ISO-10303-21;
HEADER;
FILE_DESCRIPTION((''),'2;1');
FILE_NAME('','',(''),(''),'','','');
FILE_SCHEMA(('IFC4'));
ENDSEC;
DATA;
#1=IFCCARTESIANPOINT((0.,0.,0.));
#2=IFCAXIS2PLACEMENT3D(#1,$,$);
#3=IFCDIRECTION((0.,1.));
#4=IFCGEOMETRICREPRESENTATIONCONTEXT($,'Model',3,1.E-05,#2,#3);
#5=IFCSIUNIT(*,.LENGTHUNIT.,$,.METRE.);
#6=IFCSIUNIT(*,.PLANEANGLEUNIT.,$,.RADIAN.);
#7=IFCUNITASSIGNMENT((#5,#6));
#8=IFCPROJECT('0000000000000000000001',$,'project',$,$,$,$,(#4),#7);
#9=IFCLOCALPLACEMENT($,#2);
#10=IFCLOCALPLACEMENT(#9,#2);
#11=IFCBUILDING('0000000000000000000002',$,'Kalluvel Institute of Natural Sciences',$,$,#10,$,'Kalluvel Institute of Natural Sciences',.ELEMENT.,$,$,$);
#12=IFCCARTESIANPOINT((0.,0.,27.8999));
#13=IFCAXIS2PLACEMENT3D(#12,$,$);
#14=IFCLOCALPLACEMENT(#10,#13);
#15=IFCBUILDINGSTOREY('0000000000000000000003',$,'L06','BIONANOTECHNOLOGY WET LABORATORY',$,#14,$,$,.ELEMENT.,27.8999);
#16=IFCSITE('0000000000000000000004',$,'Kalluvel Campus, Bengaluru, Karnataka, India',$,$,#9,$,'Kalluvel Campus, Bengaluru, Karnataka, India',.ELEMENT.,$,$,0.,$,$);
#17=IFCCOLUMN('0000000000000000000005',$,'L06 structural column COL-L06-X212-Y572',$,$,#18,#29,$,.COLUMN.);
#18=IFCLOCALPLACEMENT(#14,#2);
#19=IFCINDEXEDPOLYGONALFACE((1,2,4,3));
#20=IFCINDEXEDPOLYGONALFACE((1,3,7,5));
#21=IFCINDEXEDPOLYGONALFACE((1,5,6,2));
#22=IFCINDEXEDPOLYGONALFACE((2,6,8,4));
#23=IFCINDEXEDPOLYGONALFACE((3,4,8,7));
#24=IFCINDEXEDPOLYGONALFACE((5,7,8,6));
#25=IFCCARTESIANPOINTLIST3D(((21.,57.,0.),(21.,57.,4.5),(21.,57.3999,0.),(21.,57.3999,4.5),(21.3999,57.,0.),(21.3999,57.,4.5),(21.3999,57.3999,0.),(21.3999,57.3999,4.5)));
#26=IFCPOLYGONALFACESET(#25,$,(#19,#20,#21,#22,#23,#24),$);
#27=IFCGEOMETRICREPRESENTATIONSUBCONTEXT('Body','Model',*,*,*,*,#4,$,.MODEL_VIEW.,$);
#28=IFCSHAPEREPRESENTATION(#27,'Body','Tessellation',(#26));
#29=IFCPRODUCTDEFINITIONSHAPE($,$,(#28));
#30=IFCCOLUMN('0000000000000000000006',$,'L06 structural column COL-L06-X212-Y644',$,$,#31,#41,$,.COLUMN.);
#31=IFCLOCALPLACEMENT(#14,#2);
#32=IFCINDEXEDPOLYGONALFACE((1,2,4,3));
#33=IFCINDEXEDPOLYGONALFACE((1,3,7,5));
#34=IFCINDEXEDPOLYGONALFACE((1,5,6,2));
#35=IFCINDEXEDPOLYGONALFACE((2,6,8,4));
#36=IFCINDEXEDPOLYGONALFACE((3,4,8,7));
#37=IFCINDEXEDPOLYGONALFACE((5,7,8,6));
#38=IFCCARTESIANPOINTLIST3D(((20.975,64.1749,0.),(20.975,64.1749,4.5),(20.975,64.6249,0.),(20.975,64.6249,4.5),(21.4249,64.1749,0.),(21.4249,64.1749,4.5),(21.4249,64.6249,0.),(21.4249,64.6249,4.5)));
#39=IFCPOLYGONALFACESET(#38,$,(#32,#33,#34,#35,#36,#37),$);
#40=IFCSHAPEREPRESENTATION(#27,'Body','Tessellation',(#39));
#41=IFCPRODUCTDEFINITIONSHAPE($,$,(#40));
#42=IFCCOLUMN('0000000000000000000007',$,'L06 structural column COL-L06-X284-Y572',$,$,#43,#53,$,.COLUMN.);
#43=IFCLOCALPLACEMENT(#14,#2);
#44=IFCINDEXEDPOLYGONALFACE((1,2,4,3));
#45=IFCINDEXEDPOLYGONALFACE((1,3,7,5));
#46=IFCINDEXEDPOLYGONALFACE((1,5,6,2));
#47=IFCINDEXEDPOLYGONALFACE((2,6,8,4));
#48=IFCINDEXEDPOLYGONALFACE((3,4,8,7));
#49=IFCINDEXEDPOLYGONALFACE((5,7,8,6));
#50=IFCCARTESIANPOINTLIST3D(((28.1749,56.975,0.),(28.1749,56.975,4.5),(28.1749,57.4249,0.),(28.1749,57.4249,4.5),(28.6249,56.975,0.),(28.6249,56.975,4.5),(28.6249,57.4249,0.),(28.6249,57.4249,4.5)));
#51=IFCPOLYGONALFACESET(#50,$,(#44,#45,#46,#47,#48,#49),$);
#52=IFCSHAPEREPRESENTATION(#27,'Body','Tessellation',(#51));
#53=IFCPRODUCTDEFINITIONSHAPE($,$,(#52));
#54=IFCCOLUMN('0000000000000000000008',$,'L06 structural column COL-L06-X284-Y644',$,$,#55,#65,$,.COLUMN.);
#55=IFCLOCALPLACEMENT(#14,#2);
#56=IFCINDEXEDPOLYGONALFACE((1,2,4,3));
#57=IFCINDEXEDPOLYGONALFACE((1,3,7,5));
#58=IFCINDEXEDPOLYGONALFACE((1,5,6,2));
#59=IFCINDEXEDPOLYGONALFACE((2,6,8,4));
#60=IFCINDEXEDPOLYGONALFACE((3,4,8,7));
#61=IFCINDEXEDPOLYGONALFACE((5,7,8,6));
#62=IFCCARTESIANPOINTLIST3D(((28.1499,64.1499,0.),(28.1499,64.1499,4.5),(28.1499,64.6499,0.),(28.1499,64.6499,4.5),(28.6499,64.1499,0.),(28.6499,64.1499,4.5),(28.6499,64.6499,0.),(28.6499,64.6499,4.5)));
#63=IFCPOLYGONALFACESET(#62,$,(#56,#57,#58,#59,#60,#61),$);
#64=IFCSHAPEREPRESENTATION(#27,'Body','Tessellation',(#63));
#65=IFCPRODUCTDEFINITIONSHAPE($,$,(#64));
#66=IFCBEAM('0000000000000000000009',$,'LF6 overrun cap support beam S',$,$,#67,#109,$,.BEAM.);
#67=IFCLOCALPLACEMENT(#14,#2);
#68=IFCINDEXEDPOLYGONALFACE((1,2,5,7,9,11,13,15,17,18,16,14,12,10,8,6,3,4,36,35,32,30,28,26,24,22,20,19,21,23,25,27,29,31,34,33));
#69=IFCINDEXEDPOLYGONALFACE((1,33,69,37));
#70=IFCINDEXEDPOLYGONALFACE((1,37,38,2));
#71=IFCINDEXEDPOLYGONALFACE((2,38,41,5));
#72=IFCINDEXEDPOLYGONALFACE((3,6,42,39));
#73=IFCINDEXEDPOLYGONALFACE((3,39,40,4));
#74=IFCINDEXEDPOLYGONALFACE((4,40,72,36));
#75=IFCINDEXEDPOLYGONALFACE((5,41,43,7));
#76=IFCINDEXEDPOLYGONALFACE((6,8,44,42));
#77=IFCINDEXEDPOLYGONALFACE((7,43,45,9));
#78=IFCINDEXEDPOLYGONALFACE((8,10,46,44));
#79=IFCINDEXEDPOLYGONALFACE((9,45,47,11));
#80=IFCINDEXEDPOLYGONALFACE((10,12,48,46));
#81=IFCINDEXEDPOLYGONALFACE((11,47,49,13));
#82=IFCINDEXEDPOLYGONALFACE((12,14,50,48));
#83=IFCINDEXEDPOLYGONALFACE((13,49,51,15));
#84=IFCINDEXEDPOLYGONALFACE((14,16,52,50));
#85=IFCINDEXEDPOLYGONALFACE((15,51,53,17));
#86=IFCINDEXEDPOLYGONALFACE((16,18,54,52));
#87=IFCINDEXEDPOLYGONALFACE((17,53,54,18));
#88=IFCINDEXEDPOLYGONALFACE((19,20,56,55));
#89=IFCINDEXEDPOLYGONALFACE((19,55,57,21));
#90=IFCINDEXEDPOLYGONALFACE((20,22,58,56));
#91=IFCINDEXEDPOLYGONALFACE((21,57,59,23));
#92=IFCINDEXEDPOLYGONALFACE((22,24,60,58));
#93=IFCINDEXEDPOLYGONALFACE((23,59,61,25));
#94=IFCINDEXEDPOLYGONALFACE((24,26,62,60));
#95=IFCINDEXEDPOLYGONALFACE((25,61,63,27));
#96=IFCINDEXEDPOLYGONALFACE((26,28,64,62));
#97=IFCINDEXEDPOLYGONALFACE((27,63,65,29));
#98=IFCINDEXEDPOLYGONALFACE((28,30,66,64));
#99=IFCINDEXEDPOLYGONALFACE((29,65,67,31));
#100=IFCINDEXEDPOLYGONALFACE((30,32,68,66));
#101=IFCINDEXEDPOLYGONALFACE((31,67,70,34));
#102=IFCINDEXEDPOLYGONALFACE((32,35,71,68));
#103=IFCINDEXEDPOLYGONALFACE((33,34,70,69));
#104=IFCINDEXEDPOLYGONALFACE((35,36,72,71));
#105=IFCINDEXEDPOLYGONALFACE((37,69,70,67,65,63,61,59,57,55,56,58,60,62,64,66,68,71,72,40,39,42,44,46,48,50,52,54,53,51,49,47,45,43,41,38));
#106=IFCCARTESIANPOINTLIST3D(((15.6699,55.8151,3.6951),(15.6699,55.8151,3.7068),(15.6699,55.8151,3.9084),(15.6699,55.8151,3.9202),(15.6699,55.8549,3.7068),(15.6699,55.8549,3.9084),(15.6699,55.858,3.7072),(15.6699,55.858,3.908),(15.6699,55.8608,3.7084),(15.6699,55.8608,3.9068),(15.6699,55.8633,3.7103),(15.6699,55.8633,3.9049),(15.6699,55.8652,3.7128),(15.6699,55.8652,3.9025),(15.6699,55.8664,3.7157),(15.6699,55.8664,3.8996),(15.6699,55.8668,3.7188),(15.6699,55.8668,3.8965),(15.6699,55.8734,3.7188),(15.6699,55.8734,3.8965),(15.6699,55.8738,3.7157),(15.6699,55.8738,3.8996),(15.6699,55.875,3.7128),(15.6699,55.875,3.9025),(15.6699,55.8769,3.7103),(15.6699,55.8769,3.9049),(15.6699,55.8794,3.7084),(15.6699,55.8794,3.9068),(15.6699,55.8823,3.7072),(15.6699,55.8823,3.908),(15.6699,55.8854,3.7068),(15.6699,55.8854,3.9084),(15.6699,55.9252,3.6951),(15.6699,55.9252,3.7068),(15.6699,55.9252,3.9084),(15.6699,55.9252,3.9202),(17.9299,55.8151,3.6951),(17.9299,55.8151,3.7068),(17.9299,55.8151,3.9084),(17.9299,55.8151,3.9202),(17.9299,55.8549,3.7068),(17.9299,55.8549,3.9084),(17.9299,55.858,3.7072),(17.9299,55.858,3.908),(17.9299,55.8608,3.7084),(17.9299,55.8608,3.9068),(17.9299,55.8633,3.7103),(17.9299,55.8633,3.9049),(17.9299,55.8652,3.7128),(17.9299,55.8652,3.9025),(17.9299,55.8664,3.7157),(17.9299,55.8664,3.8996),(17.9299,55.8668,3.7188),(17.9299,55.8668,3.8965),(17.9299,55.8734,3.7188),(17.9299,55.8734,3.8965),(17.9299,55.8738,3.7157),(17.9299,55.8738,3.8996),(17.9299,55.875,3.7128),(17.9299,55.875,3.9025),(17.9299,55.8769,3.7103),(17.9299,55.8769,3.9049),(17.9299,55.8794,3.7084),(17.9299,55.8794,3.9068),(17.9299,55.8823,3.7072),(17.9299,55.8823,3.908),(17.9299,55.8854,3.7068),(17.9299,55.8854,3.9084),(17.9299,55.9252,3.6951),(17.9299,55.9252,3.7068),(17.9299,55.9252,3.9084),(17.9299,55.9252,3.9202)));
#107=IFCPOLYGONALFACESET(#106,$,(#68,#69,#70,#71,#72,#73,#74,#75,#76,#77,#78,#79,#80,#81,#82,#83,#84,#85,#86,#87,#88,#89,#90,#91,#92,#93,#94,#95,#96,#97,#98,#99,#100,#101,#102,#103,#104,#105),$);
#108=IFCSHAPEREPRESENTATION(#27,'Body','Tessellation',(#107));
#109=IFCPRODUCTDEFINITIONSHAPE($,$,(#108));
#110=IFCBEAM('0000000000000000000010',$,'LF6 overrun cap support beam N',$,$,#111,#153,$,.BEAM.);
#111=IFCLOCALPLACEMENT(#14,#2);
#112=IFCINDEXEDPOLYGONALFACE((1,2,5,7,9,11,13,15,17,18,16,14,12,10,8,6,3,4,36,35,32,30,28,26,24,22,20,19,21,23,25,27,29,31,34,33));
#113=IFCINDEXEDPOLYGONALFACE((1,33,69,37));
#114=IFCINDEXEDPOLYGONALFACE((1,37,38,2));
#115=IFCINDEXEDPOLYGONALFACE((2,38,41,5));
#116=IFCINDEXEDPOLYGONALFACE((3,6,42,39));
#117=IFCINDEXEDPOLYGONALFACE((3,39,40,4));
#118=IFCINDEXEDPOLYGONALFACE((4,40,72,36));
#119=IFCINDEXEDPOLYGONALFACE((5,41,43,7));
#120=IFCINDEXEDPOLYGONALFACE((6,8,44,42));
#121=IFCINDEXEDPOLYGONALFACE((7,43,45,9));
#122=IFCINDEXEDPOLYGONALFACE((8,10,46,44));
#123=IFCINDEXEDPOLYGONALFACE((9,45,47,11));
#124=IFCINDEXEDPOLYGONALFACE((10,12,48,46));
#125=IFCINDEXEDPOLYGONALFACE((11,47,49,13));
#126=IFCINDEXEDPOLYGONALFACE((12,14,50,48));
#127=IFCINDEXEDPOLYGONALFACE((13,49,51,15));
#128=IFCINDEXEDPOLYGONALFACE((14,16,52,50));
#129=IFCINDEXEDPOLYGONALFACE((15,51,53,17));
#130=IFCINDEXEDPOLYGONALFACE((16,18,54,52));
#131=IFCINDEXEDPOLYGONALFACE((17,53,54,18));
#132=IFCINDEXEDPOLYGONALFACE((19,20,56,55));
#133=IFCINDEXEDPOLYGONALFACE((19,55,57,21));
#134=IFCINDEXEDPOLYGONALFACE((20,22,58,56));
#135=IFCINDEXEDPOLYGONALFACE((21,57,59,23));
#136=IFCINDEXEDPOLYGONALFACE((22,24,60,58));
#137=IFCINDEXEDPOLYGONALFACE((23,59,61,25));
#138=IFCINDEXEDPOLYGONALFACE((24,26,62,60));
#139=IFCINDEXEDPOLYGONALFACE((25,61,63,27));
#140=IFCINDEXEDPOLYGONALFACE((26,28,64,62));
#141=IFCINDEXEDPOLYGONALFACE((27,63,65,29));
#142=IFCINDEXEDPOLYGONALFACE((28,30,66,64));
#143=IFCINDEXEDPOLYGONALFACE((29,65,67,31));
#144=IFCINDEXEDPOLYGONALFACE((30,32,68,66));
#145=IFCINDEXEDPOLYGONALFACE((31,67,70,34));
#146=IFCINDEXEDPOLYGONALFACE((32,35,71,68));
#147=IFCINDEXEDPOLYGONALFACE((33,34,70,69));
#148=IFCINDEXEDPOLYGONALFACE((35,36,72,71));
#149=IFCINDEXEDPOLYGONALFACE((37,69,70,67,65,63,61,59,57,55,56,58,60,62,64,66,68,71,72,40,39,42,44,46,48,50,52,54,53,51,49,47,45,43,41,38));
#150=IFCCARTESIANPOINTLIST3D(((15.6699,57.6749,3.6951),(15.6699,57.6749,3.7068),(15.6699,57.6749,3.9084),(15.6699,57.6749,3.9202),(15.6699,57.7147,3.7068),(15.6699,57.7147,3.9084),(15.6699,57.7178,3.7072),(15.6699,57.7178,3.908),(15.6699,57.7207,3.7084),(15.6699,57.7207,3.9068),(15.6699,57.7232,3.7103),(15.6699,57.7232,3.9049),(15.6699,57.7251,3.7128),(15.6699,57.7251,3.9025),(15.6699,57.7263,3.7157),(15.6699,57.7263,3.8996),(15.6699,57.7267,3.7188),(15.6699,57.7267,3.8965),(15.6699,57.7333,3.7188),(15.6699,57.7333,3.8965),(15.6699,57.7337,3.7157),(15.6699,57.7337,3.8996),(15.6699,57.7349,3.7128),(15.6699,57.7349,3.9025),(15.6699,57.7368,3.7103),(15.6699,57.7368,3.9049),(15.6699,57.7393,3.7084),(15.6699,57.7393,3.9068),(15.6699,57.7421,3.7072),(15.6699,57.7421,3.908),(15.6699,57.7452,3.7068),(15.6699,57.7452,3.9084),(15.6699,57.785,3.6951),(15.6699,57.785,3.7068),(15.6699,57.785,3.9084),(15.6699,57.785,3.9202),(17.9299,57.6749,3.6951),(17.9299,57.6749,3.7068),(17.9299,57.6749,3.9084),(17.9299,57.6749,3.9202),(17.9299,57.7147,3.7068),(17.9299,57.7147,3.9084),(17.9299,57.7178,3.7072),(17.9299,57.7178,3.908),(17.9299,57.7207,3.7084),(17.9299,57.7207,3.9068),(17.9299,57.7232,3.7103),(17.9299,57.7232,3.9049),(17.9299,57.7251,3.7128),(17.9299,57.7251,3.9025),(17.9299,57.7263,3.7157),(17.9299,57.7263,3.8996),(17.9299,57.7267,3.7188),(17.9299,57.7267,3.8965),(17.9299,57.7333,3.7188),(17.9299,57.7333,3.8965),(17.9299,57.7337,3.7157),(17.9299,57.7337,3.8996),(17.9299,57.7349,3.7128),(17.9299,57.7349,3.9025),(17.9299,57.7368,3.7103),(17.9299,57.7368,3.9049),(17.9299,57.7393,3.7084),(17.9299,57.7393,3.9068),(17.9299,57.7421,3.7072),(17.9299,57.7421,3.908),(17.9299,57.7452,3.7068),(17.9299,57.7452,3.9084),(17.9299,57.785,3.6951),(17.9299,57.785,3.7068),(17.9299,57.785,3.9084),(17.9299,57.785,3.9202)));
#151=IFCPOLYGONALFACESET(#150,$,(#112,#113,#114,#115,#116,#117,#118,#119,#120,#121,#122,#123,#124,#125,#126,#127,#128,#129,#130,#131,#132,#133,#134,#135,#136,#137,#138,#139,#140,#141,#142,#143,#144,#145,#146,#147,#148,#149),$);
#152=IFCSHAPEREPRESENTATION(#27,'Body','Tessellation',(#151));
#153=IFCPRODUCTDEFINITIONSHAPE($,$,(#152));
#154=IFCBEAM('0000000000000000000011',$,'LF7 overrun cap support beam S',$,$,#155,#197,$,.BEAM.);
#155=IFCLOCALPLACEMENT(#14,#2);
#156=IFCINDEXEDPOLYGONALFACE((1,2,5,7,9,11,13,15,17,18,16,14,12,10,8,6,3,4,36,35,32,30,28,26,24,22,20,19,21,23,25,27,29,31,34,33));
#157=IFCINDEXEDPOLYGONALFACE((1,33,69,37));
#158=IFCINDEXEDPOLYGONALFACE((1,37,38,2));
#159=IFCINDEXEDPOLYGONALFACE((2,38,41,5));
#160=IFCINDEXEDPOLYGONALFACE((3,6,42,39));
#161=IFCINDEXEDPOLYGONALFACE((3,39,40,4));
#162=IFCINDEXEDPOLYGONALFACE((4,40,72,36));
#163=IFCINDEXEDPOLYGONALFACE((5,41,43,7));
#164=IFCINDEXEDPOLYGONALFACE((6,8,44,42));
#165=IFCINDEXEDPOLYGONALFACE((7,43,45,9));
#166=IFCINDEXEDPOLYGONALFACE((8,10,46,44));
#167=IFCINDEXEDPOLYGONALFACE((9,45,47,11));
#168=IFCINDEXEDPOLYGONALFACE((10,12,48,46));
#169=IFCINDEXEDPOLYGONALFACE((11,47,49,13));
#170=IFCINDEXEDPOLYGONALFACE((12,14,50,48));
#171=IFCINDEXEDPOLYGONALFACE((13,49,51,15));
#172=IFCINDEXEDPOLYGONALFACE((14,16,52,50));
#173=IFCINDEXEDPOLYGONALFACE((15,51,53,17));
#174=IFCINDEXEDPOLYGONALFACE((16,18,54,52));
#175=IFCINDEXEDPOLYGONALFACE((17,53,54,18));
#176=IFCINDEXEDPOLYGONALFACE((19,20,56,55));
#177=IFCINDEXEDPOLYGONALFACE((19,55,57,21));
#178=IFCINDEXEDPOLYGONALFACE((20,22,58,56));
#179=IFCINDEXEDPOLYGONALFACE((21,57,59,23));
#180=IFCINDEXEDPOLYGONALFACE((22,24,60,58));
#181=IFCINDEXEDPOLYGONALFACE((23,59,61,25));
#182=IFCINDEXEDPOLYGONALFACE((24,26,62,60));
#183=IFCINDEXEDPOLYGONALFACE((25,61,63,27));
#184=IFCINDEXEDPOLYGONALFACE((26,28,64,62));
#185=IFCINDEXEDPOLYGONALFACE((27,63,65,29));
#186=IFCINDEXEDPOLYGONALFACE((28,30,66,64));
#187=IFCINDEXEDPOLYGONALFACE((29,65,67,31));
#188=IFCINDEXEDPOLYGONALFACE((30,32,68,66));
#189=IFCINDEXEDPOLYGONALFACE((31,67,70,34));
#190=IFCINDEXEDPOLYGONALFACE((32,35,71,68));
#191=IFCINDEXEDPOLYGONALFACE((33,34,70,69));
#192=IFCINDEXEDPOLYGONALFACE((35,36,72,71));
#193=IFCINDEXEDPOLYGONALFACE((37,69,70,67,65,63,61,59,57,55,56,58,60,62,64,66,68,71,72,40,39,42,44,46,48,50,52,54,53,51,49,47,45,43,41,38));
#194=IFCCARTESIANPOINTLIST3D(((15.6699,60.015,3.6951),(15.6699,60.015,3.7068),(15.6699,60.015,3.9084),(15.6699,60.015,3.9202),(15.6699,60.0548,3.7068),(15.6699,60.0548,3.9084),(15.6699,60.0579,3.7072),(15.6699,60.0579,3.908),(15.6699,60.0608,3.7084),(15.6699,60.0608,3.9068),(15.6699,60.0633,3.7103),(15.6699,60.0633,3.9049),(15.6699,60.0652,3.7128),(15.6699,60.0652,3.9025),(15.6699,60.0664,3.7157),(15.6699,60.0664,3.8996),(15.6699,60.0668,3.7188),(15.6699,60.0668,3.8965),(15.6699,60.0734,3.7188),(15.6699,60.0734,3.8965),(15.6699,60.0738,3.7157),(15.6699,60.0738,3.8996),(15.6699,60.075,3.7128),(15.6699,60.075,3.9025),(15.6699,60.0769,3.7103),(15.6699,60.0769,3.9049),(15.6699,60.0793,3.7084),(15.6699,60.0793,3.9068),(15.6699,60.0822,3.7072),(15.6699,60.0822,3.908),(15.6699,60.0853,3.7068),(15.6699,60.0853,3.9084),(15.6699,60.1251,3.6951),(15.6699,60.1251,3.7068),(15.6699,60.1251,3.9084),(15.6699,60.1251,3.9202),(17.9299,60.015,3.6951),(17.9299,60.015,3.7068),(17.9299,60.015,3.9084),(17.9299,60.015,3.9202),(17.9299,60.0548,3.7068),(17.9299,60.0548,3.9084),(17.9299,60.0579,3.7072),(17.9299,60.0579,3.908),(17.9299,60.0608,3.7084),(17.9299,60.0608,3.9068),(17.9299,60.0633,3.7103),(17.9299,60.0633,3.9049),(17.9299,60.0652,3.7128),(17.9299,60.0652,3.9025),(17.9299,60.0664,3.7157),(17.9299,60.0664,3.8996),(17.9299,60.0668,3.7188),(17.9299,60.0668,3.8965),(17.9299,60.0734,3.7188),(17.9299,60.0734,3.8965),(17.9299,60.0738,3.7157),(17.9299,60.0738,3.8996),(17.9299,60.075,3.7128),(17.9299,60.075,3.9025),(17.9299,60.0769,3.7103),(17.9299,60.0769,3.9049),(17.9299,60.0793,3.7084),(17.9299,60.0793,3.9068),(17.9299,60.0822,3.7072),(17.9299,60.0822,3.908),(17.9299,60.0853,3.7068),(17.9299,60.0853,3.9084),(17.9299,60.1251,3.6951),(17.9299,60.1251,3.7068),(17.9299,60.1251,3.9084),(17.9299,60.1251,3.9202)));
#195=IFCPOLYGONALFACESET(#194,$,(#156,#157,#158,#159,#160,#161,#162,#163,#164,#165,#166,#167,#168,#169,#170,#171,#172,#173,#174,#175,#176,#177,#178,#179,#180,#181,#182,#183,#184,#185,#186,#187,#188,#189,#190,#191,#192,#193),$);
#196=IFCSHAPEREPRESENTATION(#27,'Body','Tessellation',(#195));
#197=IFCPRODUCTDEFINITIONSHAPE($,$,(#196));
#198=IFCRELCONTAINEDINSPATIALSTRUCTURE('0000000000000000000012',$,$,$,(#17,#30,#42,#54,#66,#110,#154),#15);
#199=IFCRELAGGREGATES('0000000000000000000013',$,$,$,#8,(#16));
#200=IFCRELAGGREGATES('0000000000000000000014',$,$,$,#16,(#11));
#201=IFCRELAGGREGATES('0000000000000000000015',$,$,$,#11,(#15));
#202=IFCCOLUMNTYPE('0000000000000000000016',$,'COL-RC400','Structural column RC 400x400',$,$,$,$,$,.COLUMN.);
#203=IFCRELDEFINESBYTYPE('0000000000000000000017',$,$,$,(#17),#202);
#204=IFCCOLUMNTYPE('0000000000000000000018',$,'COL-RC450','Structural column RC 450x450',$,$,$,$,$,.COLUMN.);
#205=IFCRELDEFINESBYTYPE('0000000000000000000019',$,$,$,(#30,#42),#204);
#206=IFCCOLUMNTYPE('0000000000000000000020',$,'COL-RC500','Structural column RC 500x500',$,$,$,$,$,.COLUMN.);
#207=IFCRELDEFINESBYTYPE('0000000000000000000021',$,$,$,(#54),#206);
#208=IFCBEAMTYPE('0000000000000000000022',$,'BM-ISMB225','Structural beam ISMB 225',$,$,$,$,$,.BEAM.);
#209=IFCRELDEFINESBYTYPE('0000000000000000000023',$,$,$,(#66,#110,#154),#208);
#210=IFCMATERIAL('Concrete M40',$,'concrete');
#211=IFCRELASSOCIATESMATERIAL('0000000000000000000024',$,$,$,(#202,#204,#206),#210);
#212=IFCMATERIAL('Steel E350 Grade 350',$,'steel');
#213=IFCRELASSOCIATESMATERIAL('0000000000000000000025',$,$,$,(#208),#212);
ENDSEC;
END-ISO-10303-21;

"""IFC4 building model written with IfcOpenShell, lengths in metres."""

from ifc_helpers import new_model, si_unit, direction, frame, origin, origin_2d, place, context, subcontext, project, spatial, rectangle, i_section, extrude, material, material_profile, profile_set, type_object, element, save


model = new_model("IFC4")

# Units and contexts
model_context = context("Model", 3, precision=1e-05, world=origin(), true_north=direction((0.0, 1.0)))
body_context = subcontext(model_context, "Body", "Model", "MODEL_VIEW")
ifc_project = project(units=[si_unit("LENGTHUNIT", "METRE"), si_unit("PLANEANGLEUNIT", "RADIAN")], contexts=[model_context])

# Site, building, storey
site_placement = place(None, origin())
site = spatial("IfcSite", under=ifc_project, at=site_placement, Name="Kalluvel Campus, Bengaluru, Karnataka, India", LongName="Kalluvel Campus, Bengaluru, Karnataka, India", CompositionType="ELEMENT", RefElevation=0.0)
building_placement = place(site_placement, origin())
building = spatial("IfcBuilding", under=site, at=building_placement, Name="Kalluvel Institute of Natural Sciences", LongName="Kalluvel Institute of Natural Sciences", CompositionType="ELEMENT")
storey_placement = place(building_placement, frame((0.0, 0.0, 27.8999)))
storey = spatial("IfcBuildingStorey", under=building, at=storey_placement, Name="L06", Description="BIONANOTECHNOLOGY WET LABORATORY", CompositionType="ELEMENT", Elevation=27.8999)

# Columns
ifc_material_1 = material(Name="Concrete M40", Category="concrete")
ifc_material_profile_1 = material_profile(ifc_material_1, rectangle(XDim=0.3999, YDim=0.3999, at=origin_2d()), Name="RC 400x400")
ifc_profile_set_1 = profile_set([ifc_material_profile_1], Name="Concrete M40")
column_type_1 = type_object("IfcColumnType", Name="COL-RC400", Description="Structural column RC 400x400", PredefinedType="COLUMN", material=ifc_profile_set_1)
column_1_placement = place(storey_placement, frame((21.2, 57.2, 0.0), z_axis=(0.0, 0.0, 1.0), x_axis=(1.0, 0.0, 0.0)))
element("IfcColumn", 1, at=column_1_placement, inside=storey, type_object=column_type_1, Name="L06 structural column COL-L06-X212-Y572", PredefinedType="COLUMN", context=body_context, shape_type="SweptSolid", body=[
    extrude(rectangle(XDim=0.3999, YDim=0.3999, at=origin_2d()), origin(), (0.0, 0.0, 1.0), 4.5),
])
ifc_material_profile_2 = material_profile(ifc_material_1, rectangle(XDim=0.45, YDim=0.45, at=origin_2d()), Name="RC 450x450")
ifc_profile_set_2 = profile_set([ifc_material_profile_2], Name="Concrete M40")
column_type_2 = type_object("IfcColumnType", Name="COL-RC450", Description="Structural column RC 450x450", PredefinedType="COLUMN", material=ifc_profile_set_2)
for number, where, z_axis, x_axis, name in (
    (2, (21.2, 64.3999, 0.0), (0.0, 0.0, 1.0), (1.0, 0.0, 0.0), "L06 structural column COL-L06-X212-Y644"),
    (3, (28.3999, 57.2, 0.0), (0.0, 0.0, 1.0), (1.0, 0.0, 0.0), "L06 structural column COL-L06-X284-Y572"),
):
    element("IfcColumn", number, at=place(storey_placement, frame(where, z_axis=z_axis, x_axis=x_axis)), inside=storey, type_object=column_type_2, Name=name, PredefinedType="COLUMN", context=body_context, shape_type="SweptSolid", body=[
        extrude(rectangle(XDim=0.45, YDim=0.45, at=origin_2d()), origin(), (0.0, 0.0, 1.0), 4.5),
    ])
ifc_material_profile_3 = material_profile(ifc_material_1, rectangle(XDim=0.5, YDim=0.5, at=origin_2d()), Name="RC 500x500")
ifc_profile_set_3 = profile_set([ifc_material_profile_3], Name="Concrete M40")
column_type_3 = type_object("IfcColumnType", Name="COL-RC500", Description="Structural column RC 500x500", PredefinedType="COLUMN", material=ifc_profile_set_3)
column_2_placement = place(storey_placement, frame((28.3999, 64.3999, 0.0), z_axis=(0.0, 0.0, 1.0), x_axis=(1.0, 0.0, 0.0)))
element("IfcColumn", 4, at=column_2_placement, inside=storey, type_object=column_type_3, Name="L06 structural column COL-L06-X284-Y644", PredefinedType="COLUMN", context=body_context, shape_type="SweptSolid", body=[
    extrude(rectangle(XDim=0.5, YDim=0.5, at=origin_2d()), origin(), (0.0, 0.0, 1.0), 4.5),
])

# Beams
ifc_material_2 = material(Name="Steel E350 Grade 350", Category="steel")
ifc_material_profile_4 = material_profile(ifc_material_2, i_section(OverallWidth=0.1101, OverallDepth=0.2251, WebThickness=0.0066, FlangeThickness=0.0117, FilletRadius=0.012, at=origin_2d()), Name="ISMB 225")
ifc_profile_set_4 = profile_set([ifc_material_profile_4], Name="Steel E350 Grade 350")
beam_type_1 = type_object("IfcBeamType", Name="BM-ISMB225", Description="Structural beam ISMB 225", PredefinedType="BEAM", material=ifc_profile_set_4)
for number, where, z_axis, x_axis, name in (
    (5, (15.6699, 55.8701, 3.8076), (1.0, 0.0, 0.0), (0.0, 1.0, 0.0), "LF6 overrun cap support beam S"),
    (6, (15.6699, 57.73, 3.8076), (1.0, 0.0, 0.0), (0.0, 1.0, 0.0), "LF6 overrun cap support beam N"),
    (7, (15.6699, 60.0701, 3.8076), (1.0, 0.0, 0.0), (0.0, 1.0, 0.0), "LF7 overrun cap support beam S"),
):
    element("IfcBeam", number, at=place(storey_placement, frame(where, z_axis=z_axis, x_axis=x_axis)), inside=storey, type_object=beam_type_1, Name=name, PredefinedType="BEAM", context=body_context, shape_type="SweptSolid", body=[
        extrude(i_section(OverallWidth=0.1101, OverallDepth=0.2251, WebThickness=0.0066, FlangeThickness=0.0117, FilletRadius=0.012, at=origin_2d()), origin(), (0.0, 0.0, 1.0), 2.26),
    ])

save(model, "model.ifc")
